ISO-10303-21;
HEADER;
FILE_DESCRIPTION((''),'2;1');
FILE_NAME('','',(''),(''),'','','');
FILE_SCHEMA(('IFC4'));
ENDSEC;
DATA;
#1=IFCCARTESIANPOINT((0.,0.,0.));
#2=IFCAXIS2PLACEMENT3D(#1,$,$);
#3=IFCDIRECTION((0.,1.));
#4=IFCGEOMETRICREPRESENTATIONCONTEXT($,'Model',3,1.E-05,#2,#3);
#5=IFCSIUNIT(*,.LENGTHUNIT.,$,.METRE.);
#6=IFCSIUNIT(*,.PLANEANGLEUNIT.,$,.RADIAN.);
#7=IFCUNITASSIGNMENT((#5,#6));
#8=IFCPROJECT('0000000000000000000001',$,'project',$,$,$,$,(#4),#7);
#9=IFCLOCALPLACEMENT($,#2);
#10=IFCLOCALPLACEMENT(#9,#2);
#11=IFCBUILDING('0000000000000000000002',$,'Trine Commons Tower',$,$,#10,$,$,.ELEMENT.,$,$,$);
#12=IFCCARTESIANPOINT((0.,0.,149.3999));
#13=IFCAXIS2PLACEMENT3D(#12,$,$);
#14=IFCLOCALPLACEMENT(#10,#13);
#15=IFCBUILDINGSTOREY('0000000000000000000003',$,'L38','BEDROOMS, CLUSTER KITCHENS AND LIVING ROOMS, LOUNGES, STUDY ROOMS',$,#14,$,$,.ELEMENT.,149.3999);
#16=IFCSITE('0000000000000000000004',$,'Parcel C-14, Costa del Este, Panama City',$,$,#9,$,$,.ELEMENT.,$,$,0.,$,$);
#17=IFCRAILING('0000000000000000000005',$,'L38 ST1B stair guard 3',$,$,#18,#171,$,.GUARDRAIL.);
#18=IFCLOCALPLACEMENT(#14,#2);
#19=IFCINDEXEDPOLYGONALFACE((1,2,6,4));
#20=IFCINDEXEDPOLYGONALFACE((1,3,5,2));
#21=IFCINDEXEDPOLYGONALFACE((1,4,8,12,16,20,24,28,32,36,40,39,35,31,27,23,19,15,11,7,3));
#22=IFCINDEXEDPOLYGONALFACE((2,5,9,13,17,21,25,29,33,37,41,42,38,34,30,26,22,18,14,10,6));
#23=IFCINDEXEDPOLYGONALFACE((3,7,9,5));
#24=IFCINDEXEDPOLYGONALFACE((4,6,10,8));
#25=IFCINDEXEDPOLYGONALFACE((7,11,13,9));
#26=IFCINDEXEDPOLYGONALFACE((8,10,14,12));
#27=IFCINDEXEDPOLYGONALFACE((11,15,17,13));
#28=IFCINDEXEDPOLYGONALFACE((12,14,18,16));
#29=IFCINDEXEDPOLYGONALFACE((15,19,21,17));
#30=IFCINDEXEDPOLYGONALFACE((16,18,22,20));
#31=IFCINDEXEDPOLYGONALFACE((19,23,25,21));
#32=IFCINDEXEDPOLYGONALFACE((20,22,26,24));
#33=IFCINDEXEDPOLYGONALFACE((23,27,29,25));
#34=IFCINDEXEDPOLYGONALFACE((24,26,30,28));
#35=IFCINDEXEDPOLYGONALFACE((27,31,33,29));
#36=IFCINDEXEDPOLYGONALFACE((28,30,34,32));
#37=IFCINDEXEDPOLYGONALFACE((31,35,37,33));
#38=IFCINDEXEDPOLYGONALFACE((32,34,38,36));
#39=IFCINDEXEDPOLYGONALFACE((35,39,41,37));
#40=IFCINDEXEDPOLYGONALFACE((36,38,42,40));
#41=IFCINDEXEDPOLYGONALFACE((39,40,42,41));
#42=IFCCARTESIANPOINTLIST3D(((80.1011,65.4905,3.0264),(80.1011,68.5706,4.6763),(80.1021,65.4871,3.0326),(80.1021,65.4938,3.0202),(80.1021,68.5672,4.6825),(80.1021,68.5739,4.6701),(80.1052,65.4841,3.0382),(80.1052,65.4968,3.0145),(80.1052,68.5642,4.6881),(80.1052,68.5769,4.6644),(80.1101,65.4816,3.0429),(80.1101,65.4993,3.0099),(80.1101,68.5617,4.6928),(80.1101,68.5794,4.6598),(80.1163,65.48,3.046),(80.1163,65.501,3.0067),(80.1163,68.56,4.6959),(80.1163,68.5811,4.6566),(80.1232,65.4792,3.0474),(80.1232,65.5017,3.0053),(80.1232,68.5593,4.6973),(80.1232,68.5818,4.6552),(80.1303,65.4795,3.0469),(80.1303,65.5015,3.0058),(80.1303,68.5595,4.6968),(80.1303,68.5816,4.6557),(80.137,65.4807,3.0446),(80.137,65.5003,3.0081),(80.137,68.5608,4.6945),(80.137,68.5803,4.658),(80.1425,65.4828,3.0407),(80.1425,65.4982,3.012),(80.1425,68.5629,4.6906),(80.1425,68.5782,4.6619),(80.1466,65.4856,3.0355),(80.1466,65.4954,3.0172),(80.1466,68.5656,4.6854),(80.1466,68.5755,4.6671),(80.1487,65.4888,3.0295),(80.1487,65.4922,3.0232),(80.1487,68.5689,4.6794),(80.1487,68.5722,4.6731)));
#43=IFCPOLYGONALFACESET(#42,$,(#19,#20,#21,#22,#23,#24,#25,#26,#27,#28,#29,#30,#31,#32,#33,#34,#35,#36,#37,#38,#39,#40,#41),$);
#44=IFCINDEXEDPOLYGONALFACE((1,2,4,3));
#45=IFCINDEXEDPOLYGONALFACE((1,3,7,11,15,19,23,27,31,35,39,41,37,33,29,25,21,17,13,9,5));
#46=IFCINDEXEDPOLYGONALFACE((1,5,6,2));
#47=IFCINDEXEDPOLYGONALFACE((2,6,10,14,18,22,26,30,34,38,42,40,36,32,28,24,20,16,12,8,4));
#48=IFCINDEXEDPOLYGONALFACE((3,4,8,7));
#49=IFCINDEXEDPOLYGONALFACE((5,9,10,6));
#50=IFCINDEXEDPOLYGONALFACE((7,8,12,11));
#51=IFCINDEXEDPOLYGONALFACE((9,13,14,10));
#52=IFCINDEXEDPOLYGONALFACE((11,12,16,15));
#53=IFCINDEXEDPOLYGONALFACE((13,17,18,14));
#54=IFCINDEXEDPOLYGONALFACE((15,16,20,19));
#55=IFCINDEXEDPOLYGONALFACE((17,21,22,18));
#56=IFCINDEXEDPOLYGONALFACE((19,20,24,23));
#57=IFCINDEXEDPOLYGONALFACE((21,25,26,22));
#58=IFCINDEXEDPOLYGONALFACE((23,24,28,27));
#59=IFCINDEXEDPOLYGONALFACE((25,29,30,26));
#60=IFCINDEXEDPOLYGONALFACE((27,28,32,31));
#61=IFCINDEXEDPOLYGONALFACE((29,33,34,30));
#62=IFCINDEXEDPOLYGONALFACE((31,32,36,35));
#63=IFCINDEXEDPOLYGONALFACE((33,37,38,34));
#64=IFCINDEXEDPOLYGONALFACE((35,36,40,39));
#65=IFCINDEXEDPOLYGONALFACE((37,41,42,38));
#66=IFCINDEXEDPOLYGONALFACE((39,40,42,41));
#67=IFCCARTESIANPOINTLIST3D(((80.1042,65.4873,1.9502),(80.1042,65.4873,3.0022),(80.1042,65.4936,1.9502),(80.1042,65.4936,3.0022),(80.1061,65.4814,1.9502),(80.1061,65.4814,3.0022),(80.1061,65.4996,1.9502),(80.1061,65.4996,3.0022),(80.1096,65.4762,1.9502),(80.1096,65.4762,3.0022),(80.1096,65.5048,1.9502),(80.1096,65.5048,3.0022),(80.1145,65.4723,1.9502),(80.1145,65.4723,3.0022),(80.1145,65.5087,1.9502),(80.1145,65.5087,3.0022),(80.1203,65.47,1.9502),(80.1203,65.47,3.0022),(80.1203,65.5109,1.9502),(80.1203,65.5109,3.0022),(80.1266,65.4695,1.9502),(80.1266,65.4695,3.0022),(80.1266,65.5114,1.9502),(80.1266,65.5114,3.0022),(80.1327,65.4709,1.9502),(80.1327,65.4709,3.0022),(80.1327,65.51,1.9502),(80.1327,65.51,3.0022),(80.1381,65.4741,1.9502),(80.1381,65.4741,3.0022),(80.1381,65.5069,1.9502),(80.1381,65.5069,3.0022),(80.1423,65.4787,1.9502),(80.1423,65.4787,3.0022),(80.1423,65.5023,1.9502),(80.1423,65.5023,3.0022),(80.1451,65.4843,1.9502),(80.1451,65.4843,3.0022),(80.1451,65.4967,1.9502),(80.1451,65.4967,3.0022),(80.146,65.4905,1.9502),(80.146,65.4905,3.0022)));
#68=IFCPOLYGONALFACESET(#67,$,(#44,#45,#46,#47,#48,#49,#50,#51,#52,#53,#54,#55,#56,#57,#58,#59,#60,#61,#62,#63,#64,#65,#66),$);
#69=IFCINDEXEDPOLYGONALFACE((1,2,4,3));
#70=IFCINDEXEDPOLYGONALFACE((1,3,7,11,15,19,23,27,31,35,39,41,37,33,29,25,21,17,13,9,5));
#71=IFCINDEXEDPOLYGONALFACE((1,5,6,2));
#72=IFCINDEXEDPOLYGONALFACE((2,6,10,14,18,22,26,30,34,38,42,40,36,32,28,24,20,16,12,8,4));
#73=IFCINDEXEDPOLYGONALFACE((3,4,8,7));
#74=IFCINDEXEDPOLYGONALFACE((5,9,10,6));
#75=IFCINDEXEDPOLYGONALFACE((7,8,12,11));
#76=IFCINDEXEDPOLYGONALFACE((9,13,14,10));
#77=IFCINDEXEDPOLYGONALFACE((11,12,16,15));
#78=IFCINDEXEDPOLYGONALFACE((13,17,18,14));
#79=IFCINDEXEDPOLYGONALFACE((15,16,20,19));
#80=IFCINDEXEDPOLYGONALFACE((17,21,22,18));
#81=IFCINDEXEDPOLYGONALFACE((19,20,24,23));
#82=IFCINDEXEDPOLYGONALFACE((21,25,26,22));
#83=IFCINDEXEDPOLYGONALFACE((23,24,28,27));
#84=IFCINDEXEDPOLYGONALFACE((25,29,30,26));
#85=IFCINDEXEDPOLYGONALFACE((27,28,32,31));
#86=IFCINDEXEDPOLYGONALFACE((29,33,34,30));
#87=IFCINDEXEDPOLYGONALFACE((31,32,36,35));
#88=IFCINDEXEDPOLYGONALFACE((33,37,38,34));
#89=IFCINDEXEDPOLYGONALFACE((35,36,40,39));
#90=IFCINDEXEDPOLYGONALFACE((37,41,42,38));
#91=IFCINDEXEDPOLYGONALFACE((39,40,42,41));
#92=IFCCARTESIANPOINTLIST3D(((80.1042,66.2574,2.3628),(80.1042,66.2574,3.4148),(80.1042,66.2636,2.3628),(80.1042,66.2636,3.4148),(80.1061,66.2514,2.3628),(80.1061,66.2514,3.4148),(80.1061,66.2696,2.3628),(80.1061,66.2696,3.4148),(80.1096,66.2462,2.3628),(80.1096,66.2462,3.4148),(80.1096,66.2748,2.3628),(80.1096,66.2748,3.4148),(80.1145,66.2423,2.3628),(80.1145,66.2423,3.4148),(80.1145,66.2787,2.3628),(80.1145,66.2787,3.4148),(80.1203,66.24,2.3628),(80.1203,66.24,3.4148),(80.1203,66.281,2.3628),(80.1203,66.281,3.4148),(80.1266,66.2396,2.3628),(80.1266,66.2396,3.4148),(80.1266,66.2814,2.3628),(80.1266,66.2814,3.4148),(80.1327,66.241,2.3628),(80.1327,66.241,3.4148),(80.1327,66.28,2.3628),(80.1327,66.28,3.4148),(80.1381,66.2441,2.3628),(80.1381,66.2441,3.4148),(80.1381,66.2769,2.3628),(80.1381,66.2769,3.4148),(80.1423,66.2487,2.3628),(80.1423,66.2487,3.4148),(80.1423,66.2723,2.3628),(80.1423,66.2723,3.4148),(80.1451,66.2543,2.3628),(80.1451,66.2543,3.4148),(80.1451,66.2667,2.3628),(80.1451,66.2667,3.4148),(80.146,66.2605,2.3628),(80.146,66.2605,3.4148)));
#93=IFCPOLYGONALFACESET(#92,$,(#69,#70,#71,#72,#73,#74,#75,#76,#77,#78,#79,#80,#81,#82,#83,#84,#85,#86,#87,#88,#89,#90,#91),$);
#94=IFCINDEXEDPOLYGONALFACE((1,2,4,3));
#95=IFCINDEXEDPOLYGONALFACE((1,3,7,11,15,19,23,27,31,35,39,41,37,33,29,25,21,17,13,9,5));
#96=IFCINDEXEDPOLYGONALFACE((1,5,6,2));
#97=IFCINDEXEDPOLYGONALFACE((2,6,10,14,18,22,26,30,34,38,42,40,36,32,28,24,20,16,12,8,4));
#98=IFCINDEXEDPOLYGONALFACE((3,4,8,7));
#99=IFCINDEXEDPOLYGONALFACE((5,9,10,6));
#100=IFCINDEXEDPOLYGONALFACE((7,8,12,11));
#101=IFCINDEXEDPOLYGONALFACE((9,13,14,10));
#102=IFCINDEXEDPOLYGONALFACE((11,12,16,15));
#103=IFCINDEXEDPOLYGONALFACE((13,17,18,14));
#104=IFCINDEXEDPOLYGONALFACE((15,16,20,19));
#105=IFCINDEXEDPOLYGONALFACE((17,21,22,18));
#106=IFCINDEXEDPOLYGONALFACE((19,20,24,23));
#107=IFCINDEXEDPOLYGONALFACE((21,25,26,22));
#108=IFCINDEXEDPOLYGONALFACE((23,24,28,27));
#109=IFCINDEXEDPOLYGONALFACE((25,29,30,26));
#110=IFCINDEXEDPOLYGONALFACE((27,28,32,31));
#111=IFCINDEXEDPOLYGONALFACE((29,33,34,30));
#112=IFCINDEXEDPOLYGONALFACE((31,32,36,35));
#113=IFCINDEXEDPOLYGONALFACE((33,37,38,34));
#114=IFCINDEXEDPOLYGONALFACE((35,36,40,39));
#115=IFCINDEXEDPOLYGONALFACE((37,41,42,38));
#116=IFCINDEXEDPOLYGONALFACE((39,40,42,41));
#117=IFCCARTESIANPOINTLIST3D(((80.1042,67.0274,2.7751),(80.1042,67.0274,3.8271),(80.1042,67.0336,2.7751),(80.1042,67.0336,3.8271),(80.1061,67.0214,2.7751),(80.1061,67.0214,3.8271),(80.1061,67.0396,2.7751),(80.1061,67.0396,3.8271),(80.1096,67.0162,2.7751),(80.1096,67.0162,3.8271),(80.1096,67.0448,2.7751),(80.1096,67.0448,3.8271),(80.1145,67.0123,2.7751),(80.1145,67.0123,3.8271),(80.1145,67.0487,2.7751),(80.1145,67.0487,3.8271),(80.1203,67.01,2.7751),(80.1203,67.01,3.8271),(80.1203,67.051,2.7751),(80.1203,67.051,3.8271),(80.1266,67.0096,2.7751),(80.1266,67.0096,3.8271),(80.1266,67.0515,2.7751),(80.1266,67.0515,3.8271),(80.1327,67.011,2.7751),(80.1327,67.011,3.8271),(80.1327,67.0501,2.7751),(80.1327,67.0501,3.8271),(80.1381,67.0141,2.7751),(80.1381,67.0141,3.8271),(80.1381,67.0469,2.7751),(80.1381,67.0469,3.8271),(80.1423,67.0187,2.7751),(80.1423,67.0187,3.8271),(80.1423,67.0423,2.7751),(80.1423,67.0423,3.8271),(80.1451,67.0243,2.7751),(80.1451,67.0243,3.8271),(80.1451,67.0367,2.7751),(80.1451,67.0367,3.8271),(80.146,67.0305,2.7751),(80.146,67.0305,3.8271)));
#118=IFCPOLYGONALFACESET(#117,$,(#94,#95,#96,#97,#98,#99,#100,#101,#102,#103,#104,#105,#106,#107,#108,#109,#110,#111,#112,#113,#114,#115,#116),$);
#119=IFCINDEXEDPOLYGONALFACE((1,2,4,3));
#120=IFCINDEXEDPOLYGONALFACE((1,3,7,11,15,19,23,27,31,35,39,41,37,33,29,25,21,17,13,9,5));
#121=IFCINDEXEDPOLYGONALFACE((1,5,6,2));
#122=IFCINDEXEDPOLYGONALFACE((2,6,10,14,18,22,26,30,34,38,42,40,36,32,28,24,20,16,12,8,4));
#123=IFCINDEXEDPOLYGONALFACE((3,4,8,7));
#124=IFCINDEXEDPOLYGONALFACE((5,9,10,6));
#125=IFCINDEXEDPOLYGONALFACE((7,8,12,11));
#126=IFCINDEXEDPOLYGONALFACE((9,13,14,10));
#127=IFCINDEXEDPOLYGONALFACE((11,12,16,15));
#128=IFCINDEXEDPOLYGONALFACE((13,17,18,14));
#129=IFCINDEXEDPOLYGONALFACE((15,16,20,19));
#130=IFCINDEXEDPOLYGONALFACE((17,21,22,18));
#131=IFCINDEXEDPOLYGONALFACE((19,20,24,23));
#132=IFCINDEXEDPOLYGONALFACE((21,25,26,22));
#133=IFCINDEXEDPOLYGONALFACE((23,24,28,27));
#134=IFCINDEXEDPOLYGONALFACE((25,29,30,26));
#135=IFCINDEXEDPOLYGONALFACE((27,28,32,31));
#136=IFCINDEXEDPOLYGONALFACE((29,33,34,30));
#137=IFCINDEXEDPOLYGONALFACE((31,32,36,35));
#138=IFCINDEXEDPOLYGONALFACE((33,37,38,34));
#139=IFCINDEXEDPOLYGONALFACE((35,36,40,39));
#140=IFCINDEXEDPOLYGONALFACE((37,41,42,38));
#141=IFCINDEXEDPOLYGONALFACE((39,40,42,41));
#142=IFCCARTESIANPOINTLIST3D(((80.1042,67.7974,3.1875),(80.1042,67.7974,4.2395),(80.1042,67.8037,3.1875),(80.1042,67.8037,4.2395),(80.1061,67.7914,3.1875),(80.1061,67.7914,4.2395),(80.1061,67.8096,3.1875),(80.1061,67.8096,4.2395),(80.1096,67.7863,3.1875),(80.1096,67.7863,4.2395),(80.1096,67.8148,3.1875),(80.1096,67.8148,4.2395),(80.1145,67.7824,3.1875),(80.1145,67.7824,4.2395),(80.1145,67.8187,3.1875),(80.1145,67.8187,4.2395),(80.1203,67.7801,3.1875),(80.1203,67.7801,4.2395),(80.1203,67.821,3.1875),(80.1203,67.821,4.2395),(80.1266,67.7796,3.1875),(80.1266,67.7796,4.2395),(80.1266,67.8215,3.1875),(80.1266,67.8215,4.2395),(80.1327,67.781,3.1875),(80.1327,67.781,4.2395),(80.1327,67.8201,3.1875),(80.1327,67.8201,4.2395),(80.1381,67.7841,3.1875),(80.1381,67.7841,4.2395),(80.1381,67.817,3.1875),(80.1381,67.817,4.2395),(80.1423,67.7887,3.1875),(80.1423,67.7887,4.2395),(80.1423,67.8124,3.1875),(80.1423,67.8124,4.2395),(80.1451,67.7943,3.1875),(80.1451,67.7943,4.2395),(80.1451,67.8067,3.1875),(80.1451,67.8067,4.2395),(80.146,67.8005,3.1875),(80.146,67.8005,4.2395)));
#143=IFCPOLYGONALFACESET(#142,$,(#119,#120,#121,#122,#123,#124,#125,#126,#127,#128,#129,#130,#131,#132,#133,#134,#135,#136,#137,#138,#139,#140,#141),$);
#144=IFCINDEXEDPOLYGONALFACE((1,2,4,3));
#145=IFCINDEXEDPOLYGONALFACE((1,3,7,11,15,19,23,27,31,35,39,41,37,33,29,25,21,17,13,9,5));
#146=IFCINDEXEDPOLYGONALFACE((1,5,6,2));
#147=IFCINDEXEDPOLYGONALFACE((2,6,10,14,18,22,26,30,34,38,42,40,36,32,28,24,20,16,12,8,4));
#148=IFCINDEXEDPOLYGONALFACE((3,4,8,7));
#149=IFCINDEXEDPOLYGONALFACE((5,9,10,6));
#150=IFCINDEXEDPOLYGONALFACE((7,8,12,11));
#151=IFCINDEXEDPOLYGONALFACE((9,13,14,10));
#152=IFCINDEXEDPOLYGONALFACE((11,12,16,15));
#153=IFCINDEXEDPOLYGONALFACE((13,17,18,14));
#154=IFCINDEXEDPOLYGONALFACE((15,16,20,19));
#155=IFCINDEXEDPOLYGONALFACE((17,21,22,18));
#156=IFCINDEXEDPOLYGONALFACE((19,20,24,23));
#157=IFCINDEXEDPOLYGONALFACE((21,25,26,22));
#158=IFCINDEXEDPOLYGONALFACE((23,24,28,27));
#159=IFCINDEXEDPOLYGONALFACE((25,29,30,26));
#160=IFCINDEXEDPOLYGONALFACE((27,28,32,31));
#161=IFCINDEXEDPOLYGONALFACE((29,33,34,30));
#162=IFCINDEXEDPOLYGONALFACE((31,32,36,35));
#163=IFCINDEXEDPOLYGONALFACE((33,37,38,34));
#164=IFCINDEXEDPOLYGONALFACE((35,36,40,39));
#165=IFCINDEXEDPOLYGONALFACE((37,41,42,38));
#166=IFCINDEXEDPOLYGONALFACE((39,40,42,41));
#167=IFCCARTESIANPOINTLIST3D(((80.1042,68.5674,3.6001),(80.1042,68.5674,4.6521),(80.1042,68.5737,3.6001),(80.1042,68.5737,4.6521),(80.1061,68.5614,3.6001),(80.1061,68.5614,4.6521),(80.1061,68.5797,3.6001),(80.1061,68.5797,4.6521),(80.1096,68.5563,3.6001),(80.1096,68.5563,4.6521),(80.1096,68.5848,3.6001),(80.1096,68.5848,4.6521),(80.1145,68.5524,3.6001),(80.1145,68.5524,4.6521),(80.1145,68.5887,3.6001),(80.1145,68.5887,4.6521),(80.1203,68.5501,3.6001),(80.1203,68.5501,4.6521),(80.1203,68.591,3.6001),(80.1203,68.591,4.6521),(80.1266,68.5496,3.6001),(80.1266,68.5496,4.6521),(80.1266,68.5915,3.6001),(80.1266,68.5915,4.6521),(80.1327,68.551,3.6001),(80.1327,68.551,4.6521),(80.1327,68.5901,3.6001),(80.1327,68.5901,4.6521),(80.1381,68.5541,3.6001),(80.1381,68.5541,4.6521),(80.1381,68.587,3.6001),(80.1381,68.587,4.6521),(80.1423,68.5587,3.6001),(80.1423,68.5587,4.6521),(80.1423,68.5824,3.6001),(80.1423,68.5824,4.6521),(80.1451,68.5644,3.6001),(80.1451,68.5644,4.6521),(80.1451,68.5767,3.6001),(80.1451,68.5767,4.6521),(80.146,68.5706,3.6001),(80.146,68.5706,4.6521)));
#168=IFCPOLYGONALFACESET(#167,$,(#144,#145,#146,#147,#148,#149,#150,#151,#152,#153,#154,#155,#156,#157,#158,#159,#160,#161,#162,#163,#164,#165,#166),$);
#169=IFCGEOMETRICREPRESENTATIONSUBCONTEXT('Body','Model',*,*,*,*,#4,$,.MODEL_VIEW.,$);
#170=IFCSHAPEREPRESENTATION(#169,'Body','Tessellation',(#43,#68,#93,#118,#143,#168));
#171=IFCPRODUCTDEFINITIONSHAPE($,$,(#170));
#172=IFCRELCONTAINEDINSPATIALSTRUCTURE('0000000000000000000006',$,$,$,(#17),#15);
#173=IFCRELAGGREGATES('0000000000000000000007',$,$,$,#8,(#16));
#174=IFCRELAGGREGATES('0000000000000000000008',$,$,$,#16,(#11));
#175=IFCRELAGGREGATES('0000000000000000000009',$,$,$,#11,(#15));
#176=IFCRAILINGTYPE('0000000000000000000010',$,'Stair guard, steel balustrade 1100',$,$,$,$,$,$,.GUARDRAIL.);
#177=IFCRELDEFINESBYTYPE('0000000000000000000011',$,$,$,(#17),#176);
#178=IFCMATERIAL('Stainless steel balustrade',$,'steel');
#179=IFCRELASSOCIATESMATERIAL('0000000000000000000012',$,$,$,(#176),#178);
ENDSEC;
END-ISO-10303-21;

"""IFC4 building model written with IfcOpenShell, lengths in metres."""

from ifc_helpers import new_model, si_unit, direction, frame, origin, origin_2d, place, context, subcontext, project, spatial, circle, extrude, material, type_object, element, save


model = new_model("IFC4")

# Units and contexts
model_context = context("Model", 3, precision=1e-05, world=origin(), true_north=direction((0.0, 1.0)))
body_context = subcontext(model_context, "Body", "Model", "MODEL_VIEW")
ifc_project = project(units=[si_unit("LENGTHUNIT", "METRE"), si_unit("PLANEANGLEUNIT", "RADIAN")], contexts=[model_context])

# Site, building, storey
site_placement = place(None, origin())
site = spatial("IfcSite", under=ifc_project, at=site_placement, Name="Parcel C-14, Costa del Este, Panama City", CompositionType="ELEMENT", RefElevation=0.0)
building_placement = place(site_placement, origin())
building = spatial("IfcBuilding", under=site, at=building_placement, Name="Trine Commons Tower", CompositionType="ELEMENT")
storey_placement = place(building_placement, frame((0.0, 0.0, 149.3999)))
storey = spatial("IfcBuildingStorey", under=building, at=storey_placement, Name="L38", Description="BEDROOMS, CLUSTER KITCHENS AND LIVING ROOMS, LOUNGES, STUDY ROOMS", CompositionType="ELEMENT", Elevation=149.3999)

# Railing
ifc_material_1 = material(Name="Stainless steel balustrade", Category="steel")
railing_type_1 = type_object("IfcRailingType", Name="Stair guard, steel balustrade 1100", PredefinedType="GUARDRAIL", material=ifc_material_1)
railing_1_placement = place(storey_placement, frame((80.125, 65.4905, 1.9502)))
element("IfcRailing", 1, at=railing_1_placement, inside=storey, type_object=railing_type_1, Name="L38 ST1B stair guard 3", PredefinedType="GUARDRAIL", context=body_context, shape_type="SweptSolid", body=[
    extrude(circle(Radius=0.0239, at=origin_2d()), frame((0.0, 0.0, 1.0762), z_axis=(0.0, 0.881497, 0.47219), x_axis=(-1.0, 0.0, 0.0)), (0.0, 0.0, 1.0), 3.4941),
    extrude(circle(Radius=0.021, at=origin_2d()), origin(), (0.0, 0.0, 1.0), 1.052),
    extrude(circle(Radius=0.021, at=origin_2d()), frame((0.0, 0.77, 0.4126)), (0.0, 0.0, 1.0), 1.052),
    extrude(circle(Radius=0.021, at=origin_2d()), frame((0.0, 1.54, 0.825)), (0.0, 0.0, 1.0), 1.052),
    extrude(circle(Radius=0.021, at=origin_2d()), frame((0.0, 2.3101, 1.2373)), (0.0, 0.0, 1.0), 1.052),
    extrude(circle(Radius=0.021, at=origin_2d()), frame((0.0, 3.0801, 1.6499)), (0.0, 0.0, 1.0), 1.052),
])

save(model, "model.ifc")
